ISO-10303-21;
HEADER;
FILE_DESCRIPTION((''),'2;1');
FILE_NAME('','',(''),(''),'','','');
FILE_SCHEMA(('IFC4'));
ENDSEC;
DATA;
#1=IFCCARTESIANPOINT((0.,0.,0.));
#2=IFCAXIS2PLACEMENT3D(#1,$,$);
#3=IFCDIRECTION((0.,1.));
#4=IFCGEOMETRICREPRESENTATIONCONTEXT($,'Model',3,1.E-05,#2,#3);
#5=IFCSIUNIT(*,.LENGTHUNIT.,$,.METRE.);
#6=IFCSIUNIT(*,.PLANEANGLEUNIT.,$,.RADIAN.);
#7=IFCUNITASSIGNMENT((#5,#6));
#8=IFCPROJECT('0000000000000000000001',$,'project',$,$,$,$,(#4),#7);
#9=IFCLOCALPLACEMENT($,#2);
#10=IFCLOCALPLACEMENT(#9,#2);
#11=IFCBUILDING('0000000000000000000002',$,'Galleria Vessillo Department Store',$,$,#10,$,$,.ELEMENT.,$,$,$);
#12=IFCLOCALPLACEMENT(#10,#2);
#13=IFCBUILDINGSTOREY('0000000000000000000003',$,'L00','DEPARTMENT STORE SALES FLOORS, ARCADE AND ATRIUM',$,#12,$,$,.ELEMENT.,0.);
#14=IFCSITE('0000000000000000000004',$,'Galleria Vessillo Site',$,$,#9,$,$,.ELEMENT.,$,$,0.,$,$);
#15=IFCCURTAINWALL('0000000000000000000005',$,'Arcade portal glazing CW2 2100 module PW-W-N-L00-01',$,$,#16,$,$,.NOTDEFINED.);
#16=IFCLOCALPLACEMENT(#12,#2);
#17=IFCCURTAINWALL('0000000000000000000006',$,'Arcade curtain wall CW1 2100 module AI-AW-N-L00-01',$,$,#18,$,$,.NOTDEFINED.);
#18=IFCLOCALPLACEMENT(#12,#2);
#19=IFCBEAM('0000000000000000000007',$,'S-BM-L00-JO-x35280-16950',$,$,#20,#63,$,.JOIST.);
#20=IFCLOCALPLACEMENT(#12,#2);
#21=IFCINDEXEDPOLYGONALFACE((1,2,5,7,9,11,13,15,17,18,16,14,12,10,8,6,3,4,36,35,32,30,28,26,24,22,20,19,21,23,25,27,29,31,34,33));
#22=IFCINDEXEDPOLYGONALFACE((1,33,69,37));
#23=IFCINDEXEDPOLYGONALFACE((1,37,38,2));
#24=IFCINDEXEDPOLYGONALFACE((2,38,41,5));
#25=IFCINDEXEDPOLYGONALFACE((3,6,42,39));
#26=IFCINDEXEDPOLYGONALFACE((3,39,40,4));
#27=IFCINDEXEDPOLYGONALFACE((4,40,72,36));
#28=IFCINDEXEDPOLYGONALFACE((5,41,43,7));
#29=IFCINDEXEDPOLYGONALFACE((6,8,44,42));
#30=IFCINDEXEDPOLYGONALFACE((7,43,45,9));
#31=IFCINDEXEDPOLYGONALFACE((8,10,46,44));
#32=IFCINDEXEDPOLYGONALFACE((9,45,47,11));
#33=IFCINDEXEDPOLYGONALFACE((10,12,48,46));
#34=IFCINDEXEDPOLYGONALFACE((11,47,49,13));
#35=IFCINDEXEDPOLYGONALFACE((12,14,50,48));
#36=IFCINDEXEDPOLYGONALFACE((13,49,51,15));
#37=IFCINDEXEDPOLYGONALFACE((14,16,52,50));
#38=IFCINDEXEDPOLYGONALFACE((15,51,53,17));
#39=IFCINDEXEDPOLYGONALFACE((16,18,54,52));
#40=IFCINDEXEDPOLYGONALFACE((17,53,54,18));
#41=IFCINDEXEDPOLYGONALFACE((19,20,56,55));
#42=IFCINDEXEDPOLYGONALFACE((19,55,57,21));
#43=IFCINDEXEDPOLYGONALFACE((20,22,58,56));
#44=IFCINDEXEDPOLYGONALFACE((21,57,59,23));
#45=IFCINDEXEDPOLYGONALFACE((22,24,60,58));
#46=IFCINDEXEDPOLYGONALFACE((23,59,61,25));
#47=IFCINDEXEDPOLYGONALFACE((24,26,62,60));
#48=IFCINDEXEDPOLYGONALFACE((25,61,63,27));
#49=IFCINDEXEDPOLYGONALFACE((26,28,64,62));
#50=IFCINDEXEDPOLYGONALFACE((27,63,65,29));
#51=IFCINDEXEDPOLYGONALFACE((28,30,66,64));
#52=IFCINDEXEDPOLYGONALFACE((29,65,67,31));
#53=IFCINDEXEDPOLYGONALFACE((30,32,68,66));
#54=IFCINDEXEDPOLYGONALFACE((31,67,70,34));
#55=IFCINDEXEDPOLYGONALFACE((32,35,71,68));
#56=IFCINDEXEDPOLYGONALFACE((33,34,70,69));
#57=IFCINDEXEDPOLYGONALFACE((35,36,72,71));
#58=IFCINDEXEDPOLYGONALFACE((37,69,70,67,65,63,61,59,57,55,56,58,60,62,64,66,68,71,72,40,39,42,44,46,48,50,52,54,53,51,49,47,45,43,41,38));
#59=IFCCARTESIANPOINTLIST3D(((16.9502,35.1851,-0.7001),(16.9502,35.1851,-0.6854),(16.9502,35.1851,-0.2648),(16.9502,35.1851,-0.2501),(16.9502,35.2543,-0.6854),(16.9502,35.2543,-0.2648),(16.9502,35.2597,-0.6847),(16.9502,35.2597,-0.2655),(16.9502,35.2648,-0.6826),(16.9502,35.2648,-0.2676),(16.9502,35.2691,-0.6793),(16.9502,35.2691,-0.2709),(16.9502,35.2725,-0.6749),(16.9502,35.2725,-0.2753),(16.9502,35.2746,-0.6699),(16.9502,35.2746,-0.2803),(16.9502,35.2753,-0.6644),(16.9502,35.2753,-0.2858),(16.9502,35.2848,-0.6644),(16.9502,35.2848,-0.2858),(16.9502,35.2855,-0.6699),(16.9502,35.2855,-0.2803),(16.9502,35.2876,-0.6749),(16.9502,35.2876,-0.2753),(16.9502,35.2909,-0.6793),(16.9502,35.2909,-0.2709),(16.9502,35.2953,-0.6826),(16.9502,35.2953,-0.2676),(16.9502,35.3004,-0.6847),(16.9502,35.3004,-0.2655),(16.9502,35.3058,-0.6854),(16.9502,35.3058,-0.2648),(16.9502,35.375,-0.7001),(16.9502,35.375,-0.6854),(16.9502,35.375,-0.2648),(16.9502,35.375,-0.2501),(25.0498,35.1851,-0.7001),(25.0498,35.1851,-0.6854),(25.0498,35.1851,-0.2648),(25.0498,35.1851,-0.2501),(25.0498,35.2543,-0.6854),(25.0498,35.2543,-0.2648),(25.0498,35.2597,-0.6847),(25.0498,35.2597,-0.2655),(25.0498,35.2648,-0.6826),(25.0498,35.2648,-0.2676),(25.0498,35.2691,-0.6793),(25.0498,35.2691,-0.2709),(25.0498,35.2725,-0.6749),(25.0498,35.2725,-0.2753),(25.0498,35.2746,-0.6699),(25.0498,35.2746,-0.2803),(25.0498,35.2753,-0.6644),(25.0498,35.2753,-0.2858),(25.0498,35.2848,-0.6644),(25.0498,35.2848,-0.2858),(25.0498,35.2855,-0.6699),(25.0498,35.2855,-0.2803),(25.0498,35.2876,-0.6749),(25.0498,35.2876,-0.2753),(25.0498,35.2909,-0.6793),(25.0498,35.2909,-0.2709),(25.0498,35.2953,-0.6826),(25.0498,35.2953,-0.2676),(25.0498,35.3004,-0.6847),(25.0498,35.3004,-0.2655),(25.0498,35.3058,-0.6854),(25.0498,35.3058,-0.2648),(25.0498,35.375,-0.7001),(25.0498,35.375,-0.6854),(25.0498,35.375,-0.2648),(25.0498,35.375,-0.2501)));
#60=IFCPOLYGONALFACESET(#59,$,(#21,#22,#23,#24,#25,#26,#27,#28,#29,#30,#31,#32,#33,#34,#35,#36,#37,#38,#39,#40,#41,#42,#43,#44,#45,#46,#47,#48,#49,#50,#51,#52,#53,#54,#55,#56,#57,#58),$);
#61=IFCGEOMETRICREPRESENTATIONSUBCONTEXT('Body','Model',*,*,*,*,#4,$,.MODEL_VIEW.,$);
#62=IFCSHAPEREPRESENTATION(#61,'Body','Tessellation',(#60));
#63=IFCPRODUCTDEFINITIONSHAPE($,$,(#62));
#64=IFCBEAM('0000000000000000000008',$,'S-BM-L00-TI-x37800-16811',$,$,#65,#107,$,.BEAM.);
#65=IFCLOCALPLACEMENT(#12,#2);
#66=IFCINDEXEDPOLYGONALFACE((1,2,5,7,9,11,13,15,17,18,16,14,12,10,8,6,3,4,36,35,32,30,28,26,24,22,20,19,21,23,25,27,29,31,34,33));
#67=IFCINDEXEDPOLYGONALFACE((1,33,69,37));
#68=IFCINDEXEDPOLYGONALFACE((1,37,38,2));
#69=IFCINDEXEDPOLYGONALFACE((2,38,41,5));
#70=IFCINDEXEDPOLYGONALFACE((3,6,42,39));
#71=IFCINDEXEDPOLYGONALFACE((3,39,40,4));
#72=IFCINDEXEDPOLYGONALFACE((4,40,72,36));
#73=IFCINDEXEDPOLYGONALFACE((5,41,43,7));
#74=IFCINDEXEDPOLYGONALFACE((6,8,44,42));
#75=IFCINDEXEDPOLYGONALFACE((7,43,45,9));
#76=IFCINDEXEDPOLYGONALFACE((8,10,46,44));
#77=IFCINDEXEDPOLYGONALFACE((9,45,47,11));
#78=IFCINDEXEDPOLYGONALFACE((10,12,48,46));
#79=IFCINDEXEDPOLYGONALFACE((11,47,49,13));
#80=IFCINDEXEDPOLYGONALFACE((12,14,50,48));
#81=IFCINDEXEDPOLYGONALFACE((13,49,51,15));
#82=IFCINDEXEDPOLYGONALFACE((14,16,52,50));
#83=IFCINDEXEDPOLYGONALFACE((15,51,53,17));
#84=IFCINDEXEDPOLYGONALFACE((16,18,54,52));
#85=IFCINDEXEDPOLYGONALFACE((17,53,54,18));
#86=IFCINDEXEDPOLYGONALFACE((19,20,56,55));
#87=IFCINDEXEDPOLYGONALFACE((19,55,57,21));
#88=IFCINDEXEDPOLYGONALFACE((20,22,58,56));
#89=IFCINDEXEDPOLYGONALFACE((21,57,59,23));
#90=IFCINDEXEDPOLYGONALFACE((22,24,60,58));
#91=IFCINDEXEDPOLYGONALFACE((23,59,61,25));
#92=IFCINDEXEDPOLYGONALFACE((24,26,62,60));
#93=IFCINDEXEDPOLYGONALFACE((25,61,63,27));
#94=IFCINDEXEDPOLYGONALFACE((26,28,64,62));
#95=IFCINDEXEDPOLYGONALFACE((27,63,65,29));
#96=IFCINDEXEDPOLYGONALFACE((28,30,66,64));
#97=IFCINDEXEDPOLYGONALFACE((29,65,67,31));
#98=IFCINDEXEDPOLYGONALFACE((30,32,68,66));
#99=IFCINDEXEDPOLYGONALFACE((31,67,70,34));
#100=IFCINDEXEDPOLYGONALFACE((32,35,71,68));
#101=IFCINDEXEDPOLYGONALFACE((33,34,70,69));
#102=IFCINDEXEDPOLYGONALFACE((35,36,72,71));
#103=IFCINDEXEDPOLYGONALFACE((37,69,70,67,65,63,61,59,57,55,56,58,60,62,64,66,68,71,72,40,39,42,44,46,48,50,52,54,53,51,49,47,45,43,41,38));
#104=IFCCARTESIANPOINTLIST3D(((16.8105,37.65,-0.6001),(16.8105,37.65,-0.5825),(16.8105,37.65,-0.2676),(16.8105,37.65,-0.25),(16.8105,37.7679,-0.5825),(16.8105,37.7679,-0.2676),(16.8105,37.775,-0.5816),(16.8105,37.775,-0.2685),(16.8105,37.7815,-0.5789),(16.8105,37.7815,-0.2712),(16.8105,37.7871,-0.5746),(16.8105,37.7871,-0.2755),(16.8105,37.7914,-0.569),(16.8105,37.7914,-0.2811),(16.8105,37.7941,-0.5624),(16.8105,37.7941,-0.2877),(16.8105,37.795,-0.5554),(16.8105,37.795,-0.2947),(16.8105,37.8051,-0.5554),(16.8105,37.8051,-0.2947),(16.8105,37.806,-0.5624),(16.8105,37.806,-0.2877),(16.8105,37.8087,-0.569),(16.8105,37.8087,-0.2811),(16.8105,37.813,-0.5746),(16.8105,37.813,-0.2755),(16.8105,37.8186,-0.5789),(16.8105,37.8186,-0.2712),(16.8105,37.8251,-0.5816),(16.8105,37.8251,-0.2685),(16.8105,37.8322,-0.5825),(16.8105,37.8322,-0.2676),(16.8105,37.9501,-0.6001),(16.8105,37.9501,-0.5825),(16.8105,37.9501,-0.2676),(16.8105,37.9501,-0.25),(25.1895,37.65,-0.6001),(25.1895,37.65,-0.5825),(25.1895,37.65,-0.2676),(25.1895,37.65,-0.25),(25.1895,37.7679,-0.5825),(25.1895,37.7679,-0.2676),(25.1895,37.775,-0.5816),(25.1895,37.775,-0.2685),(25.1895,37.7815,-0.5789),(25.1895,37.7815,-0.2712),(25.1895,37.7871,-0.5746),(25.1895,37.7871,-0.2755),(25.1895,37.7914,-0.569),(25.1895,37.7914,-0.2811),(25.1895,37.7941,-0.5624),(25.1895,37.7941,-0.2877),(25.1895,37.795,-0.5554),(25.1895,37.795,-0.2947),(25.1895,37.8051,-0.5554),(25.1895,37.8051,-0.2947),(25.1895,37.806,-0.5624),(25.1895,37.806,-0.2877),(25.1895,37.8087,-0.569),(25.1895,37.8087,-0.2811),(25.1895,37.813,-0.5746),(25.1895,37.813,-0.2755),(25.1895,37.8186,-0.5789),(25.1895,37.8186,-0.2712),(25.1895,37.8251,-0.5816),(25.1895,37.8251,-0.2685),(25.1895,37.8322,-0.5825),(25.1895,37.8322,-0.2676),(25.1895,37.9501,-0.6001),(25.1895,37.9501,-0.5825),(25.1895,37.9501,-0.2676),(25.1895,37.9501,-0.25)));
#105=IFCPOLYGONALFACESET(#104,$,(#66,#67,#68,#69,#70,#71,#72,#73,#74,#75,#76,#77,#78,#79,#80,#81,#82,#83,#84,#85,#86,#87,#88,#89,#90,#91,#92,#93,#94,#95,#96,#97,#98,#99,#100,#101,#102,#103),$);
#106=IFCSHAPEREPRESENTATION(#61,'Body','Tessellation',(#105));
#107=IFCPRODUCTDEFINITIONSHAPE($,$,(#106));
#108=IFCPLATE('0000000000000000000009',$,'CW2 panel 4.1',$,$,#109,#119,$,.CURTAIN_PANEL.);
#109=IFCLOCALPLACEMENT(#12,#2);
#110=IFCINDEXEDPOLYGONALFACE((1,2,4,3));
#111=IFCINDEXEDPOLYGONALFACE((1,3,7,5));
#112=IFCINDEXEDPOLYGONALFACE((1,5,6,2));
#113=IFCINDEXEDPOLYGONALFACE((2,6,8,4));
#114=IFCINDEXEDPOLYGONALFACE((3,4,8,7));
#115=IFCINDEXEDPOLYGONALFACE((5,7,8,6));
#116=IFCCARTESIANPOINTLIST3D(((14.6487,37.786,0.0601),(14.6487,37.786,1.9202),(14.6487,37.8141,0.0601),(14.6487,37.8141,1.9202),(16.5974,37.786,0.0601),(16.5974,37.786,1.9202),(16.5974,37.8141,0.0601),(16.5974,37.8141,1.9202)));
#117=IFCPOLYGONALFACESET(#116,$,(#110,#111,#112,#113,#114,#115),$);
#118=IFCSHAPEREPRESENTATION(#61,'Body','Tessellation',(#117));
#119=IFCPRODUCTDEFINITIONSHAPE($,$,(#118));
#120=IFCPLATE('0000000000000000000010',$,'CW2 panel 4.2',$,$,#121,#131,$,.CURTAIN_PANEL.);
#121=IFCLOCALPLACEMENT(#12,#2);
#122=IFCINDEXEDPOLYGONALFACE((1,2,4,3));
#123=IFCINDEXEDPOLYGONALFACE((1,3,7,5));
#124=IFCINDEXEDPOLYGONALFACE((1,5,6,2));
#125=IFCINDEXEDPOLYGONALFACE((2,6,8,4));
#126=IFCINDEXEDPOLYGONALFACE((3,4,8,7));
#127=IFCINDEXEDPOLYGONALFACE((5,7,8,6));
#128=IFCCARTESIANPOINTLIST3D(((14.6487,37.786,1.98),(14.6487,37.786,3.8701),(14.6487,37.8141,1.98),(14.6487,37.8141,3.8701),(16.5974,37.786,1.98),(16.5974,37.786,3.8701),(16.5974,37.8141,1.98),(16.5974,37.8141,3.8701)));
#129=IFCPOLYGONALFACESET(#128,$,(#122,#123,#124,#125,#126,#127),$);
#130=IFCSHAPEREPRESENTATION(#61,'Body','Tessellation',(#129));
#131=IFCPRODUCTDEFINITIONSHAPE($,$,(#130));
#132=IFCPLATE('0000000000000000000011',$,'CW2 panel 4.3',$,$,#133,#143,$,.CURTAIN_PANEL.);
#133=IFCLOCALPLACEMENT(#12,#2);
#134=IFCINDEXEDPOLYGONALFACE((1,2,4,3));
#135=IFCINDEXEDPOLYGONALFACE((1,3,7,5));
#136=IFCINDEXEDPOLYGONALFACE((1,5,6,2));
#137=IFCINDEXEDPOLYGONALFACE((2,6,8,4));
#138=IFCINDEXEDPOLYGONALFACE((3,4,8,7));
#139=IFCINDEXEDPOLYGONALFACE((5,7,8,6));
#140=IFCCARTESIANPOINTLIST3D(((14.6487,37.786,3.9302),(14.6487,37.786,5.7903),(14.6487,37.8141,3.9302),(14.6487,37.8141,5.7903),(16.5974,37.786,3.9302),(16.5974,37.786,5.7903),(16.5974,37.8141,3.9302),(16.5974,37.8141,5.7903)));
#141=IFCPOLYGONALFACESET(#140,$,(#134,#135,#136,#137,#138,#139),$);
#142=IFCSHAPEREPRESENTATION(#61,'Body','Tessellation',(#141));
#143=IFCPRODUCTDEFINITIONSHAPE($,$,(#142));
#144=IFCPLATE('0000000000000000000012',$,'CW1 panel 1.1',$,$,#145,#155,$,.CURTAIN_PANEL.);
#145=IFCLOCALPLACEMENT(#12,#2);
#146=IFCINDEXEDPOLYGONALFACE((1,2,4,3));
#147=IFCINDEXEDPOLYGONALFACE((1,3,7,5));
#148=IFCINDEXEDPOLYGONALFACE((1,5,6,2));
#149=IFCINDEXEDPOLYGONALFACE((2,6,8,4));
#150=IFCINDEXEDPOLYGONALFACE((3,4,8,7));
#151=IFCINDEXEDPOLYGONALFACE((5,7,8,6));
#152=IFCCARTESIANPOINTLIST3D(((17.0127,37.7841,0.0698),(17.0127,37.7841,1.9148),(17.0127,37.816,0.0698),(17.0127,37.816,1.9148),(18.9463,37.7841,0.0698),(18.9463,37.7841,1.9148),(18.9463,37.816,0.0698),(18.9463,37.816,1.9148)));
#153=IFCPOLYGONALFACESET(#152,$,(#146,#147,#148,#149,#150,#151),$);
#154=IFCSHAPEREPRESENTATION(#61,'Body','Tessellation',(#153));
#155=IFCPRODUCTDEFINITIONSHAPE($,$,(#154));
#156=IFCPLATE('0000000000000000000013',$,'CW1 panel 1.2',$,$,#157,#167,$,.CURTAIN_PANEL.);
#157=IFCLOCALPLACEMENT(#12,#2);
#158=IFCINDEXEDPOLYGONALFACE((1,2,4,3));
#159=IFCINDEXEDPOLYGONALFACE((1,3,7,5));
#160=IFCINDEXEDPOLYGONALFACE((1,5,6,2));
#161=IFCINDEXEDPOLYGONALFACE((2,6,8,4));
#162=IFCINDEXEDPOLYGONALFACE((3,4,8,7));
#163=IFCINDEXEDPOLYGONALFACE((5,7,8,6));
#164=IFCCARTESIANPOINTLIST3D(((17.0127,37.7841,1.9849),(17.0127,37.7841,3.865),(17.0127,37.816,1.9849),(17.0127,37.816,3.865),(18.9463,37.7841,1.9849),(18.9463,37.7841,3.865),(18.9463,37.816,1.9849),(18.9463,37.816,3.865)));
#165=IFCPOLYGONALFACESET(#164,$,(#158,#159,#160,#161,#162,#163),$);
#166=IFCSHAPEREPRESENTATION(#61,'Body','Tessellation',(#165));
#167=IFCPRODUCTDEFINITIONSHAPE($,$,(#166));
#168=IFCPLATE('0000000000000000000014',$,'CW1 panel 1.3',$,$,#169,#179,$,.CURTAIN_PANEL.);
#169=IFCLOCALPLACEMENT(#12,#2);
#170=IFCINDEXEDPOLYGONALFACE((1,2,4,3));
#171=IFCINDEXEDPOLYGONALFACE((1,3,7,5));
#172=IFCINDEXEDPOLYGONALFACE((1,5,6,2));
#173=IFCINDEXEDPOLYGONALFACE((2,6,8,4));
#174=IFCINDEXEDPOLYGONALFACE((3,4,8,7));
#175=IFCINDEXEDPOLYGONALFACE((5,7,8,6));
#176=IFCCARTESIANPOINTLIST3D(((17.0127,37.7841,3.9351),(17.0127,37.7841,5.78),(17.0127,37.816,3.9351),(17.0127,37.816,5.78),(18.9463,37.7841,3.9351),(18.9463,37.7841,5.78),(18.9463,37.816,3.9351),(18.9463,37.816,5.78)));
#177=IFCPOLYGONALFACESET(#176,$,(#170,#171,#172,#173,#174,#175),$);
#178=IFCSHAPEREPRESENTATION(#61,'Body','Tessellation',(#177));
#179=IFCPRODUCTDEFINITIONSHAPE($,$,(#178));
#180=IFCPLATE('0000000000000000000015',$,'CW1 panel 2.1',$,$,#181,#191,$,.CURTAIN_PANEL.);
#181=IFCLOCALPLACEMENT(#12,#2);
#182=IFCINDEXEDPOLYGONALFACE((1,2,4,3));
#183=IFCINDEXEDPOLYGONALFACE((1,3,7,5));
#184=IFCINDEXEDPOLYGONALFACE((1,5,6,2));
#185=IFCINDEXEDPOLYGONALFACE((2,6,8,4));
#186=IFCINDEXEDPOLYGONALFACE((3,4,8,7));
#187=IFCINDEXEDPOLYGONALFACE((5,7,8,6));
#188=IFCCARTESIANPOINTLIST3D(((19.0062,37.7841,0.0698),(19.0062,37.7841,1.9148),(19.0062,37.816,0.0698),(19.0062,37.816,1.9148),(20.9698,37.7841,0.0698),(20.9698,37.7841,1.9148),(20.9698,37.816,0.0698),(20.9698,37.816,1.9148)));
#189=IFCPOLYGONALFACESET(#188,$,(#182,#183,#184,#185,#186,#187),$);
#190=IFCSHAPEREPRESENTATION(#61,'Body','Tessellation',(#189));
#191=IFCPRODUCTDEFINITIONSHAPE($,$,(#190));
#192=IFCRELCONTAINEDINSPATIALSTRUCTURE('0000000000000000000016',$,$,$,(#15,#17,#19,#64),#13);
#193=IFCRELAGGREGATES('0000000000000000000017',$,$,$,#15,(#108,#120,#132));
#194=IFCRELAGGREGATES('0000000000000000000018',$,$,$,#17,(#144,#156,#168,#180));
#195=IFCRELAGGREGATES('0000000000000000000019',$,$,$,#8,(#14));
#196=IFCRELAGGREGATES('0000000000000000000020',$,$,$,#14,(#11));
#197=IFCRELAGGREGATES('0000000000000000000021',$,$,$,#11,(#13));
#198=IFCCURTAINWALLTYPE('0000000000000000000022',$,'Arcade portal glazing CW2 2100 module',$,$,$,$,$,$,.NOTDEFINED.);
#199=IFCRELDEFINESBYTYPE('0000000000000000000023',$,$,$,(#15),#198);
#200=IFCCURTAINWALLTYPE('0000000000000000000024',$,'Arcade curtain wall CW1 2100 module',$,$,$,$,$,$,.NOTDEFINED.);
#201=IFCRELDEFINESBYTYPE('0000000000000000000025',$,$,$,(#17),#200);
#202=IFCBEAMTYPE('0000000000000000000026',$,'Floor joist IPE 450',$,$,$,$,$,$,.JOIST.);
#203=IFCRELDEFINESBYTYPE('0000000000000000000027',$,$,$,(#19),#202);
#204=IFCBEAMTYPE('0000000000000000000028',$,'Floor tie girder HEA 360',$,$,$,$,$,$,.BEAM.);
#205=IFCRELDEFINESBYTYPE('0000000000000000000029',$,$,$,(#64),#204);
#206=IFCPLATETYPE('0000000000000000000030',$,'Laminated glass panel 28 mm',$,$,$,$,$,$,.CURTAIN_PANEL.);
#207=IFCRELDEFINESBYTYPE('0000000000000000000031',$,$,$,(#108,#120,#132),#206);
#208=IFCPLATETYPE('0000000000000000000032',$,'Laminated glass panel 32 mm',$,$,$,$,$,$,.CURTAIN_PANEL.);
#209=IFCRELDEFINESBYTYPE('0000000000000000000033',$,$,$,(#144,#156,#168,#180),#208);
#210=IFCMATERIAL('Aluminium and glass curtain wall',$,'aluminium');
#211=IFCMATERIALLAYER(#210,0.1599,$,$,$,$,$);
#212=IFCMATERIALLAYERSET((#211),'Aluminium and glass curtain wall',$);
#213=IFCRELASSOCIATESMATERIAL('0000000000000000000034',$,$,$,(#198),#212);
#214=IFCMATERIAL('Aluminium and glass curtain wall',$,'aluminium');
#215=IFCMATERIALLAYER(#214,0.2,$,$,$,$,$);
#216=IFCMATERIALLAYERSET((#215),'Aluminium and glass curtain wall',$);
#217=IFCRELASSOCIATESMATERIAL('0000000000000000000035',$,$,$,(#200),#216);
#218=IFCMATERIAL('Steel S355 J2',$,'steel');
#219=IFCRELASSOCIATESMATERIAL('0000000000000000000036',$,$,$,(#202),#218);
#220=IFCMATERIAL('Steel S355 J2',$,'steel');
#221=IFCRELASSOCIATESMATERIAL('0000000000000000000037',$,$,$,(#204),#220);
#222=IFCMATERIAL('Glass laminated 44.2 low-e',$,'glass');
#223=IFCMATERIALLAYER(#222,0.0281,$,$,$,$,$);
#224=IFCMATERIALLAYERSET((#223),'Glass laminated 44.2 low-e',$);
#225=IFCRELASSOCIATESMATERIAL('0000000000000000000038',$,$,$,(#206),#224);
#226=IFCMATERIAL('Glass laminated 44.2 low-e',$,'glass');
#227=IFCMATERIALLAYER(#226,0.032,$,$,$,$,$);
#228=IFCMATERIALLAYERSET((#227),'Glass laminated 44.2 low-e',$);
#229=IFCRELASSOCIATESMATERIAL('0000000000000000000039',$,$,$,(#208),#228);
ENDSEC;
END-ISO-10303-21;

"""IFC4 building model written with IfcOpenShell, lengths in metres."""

from ifc_helpers import new_model, si_unit, direction, frame, origin, origin_2d, place, context, subcontext, project, spatial, rectangle, i_section, extrude, material, layer, layer_set, material_profile, profile_set, type_object, element, aggregate, save


model = new_model("IFC4")

# Units and contexts
model_context = context("Model", 3, precision=1e-05, world=origin(), true_north=direction((0.0, 1.0)))
body_context = subcontext(model_context, "Body", "Model", "MODEL_VIEW")
ifc_project = project(units=[si_unit("LENGTHUNIT", "METRE"), si_unit("PLANEANGLEUNIT", "RADIAN")], contexts=[model_context])

# Site, building, storey
site_placement = place(None, origin())
site = spatial("IfcSite", under=ifc_project, at=site_placement, Name="Galleria Vessillo Site", CompositionType="ELEMENT", RefElevation=0.0)
building_placement = place(site_placement, origin())
building = spatial("IfcBuilding", under=site, at=building_placement, Name="Galleria Vessillo Department Store", CompositionType="ELEMENT")
storey_placement = place(building_placement, origin())
storey = spatial("IfcBuildingStorey", under=building, at=storey_placement, Name="L00", Description="DEPARTMENT STORE SALES FLOORS, ARCADE AND ATRIUM", CompositionType="ELEMENT", Elevation=0.0)

# Curtain walls
ifc_material_1 = material(Name="Aluminium and glass curtain wall", Category="aluminium")
ifc_layer_1 = layer(ifc_material_1, 0.1599)
ifc_layer_set_1 = layer_set([ifc_layer_1], Name="Aluminium and glass curtain wall")
curtain_wall_type_1 = type_object("IfcCurtainWallType", Name="Arcade portal glazing CW2 2100 module", PredefinedType="NOTDEFINED", material=ifc_layer_set_1)
curtain_wall_1_placement = place(storey_placement, origin())
curtain_wall_1 = element("IfcCurtainWall", 1, at=curtain_wall_1_placement, inside=storey, type_object=curtain_wall_type_1, Name="Arcade portal glazing CW2 2100 module PW-W-N-L00-01", PredefinedType="NOTDEFINED")
ifc_material_2 = material(Name="Aluminium and glass curtain wall", Category="aluminium")
ifc_layer_2 = layer(ifc_material_2, 0.2)
ifc_layer_set_2 = layer_set([ifc_layer_2], Name="Aluminium and glass curtain wall")
curtain_wall_type_2 = type_object("IfcCurtainWallType", Name="Arcade curtain wall CW1 2100 module", PredefinedType="NOTDEFINED", material=ifc_layer_set_2)
curtain_wall_2_placement = place(storey_placement, origin())
curtain_wall_2 = element("IfcCurtainWall", 2, at=curtain_wall_2_placement, inside=storey, type_object=curtain_wall_type_2, Name="Arcade curtain wall CW1 2100 module AI-AW-N-L00-01", PredefinedType="NOTDEFINED")

# Beams
ifc_material_3 = material(Name="Steel S355 J2", Category="steel")
ifc_material_profile_1 = material_profile(ifc_material_3, i_section(OverallWidth=0.1899, OverallDepth=0.45, WebThickness=0.0095, FlangeThickness=0.0146, FilletRadius=0.021, at=origin_2d()), Name="IPE 450")
ifc_profile_set_1 = profile_set([ifc_material_profile_1], Name="Steel S355 J2")
beam_type_1 = type_object("IfcBeamType", Name="Floor joist IPE 450", PredefinedType="JOIST", material=ifc_profile_set_1)
for number, where, z_axis, x_axis, name in (
    (3, (16.9502, 35.28, -0.4751), (1.0, 0.0, 0.0), (0.0, 1.0, 0.0), "S-BM-L00-JO-x35280-16950"),
):
    element("IfcBeam", number, at=place(storey_placement, frame(where, z_axis=z_axis, x_axis=x_axis)), inside=storey, type_object=beam_type_1, Name=name, PredefinedType="JOIST", context=body_context, shape_type="SweptSolid", body=[
        extrude(i_section(OverallWidth=0.1899, OverallDepth=0.45, WebThickness=0.0095, FlangeThickness=0.0146, FilletRadius=0.021, at=origin_2d()), origin(), (0.0, 0.0, 1.0), 8.0996),
    ])
ifc_material_4 = material(Name="Steel S355 J2", Category="steel")
ifc_material_profile_2 = material_profile(ifc_material_4, i_section(OverallWidth=0.3, OverallDepth=0.3501, WebThickness=0.01, FlangeThickness=0.0176, FilletRadius=0.0271, at=origin_2d()), Name="HEA 360")
ifc_profile_set_2 = profile_set([ifc_material_profile_2], Name="Steel S355 J2")
beam_type_2 = type_object("IfcBeamType", Name="Floor tie girder HEA 360", PredefinedType="BEAM", material=ifc_profile_set_2)
beam_1_placement = place(storey_placement, frame((16.8105, 37.8, -0.425), z_axis=(1.0, 0.0, 0.0), x_axis=(0.0, 1.0, 0.0)))
element("IfcBeam", 4, at=beam_1_placement, inside=storey, type_object=beam_type_2, Name="S-BM-L00-TI-x37800-16811", PredefinedType="BEAM", context=body_context, shape_type="SweptSolid", body=[
    extrude(i_section(OverallWidth=0.3, OverallDepth=0.3501, WebThickness=0.01, FlangeThickness=0.0176, FilletRadius=0.0271, at=origin_2d()), origin(), (0.0, 0.0, 1.0), 8.3789),
])

# Plates
ifc_material_5 = material(Name="Glass laminated 44.2 low-e", Category="glass")
ifc_layer_3 = layer(ifc_material_5, 0.0281)
ifc_layer_set_3 = layer_set([ifc_layer_3], Name="Glass laminated 44.2 low-e")
plate_type_1 = type_object("IfcPlateType", Name="Laminated glass panel 28 mm", PredefinedType="CURTAIN_PANEL", material=ifc_layer_set_3)
plate_1_placement = place(storey_placement, frame((15.623, 37.8, 0.0601), z_axis=(0.0, 0.0, 1.0), x_axis=(1.0, 0.0, 0.0)))
plate_1 = element("IfcPlate", 5, at=plate_1_placement, type_object=plate_type_1, Name="CW2 panel 4.1", PredefinedType="CURTAIN_PANEL", context=body_context, shape_type="SweptSolid", body=[
    extrude(rectangle(XDim=1.9487, YDim=0.0281, at=origin_2d()), origin(), (0.0, 0.0, 1.0), 1.8601),
])
plate_2_placement = place(storey_placement, frame((15.623, 37.8, 1.98), z_axis=(0.0, 0.0, 1.0), x_axis=(1.0, 0.0, 0.0)))
plate_2 = element("IfcPlate", 6, at=plate_2_placement, type_object=plate_type_1, Name="CW2 panel 4.2", PredefinedType="CURTAIN_PANEL", context=body_context, shape_type="SweptSolid", body=[
    extrude(rectangle(XDim=1.9487, YDim=0.0281, at=origin_2d()), origin(), (0.0, 0.0, 1.0), 1.8901),
])
plate_3_placement = place(storey_placement, frame((15.623, 37.8, 3.9302), z_axis=(0.0, 0.0, 1.0), x_axis=(1.0, 0.0, 0.0)))
plate_3 = element("IfcPlate", 7, at=plate_3_placement, type_object=plate_type_1, Name="CW2 panel 4.3", PredefinedType="CURTAIN_PANEL", context=body_context, shape_type="SweptSolid", body=[
    extrude(rectangle(XDim=1.9487, YDim=0.0281, at=origin_2d()), origin(), (0.0, 0.0, 1.0), 1.8601),
])
aggregate(curtain_wall_1, [plate_1, plate_2, plate_3])
ifc_material_6 = material(Name="Glass laminated 44.2 low-e", Category="glass")
ifc_layer_4 = layer(ifc_material_6, 0.032)
ifc_layer_set_4 = layer_set([ifc_layer_4], Name="Glass laminated 44.2 low-e")
plate_type_2 = type_object("IfcPlateType", Name="Laminated glass panel 32 mm", PredefinedType="CURTAIN_PANEL", material=ifc_layer_set_4)
plate_4_placement = place(storey_placement, frame((17.9795, 37.8, 0.0698), z_axis=(0.0, 0.0, 1.0), x_axis=(1.0, 0.0, 0.0)))
plate_4 = element("IfcPlate", 8, at=plate_4_placement, type_object=plate_type_2, Name="CW1 panel 1.1", PredefinedType="CURTAIN_PANEL", context=body_context, shape_type="SweptSolid", body=[
    extrude(rectangle(XDim=1.9336, YDim=0.032, at=origin_2d()), origin(), (0.0, 0.0, 1.0), 1.845),
])
plate_5_placement = place(storey_placement, frame((17.9795, 37.8, 1.9849), z_axis=(0.0, 0.0, 1.0), x_axis=(1.0, 0.0, 0.0)))
plate_5 = element("IfcPlate", 9, at=plate_5_placement, type_object=plate_type_2, Name="CW1 panel 1.2", PredefinedType="CURTAIN_PANEL", context=body_context, shape_type="SweptSolid", body=[
    extrude(rectangle(XDim=1.9336, YDim=0.032, at=origin_2d()), origin(), (0.0, 0.0, 1.0), 1.8801),
])
plate_6_placement = place(storey_placement, frame((17.9795, 37.8, 3.9351), z_axis=(0.0, 0.0, 1.0), x_axis=(1.0, 0.0, 0.0)))
plate_6 = element("IfcPlate", 10, at=plate_6_placement, type_object=plate_type_2, Name="CW1 panel 1.3", PredefinedType="CURTAIN_PANEL", context=body_context, shape_type="SweptSolid", body=[
    extrude(rectangle(XDim=1.9336, YDim=0.032, at=origin_2d()), origin(), (0.0, 0.0, 1.0), 1.845),
])
plate_7_placement = place(storey_placement, frame((19.988, 37.8, 0.0698), z_axis=(0.0, 0.0, 1.0), x_axis=(1.0, 0.0, 0.0)))
plate_7 = element("IfcPlate", 11, at=plate_7_placement, type_object=plate_type_2, Name="CW1 panel 2.1", PredefinedType="CURTAIN_PANEL", context=body_context, shape_type="SweptSolid", body=[
    extrude(rectangle(XDim=1.9636, YDim=0.032, at=origin_2d()), origin(), (0.0, 0.0, 1.0), 1.845),
])
aggregate(curtain_wall_2, [plate_4, plate_5, plate_6, plate_7])

save(model, "model.ifc")
